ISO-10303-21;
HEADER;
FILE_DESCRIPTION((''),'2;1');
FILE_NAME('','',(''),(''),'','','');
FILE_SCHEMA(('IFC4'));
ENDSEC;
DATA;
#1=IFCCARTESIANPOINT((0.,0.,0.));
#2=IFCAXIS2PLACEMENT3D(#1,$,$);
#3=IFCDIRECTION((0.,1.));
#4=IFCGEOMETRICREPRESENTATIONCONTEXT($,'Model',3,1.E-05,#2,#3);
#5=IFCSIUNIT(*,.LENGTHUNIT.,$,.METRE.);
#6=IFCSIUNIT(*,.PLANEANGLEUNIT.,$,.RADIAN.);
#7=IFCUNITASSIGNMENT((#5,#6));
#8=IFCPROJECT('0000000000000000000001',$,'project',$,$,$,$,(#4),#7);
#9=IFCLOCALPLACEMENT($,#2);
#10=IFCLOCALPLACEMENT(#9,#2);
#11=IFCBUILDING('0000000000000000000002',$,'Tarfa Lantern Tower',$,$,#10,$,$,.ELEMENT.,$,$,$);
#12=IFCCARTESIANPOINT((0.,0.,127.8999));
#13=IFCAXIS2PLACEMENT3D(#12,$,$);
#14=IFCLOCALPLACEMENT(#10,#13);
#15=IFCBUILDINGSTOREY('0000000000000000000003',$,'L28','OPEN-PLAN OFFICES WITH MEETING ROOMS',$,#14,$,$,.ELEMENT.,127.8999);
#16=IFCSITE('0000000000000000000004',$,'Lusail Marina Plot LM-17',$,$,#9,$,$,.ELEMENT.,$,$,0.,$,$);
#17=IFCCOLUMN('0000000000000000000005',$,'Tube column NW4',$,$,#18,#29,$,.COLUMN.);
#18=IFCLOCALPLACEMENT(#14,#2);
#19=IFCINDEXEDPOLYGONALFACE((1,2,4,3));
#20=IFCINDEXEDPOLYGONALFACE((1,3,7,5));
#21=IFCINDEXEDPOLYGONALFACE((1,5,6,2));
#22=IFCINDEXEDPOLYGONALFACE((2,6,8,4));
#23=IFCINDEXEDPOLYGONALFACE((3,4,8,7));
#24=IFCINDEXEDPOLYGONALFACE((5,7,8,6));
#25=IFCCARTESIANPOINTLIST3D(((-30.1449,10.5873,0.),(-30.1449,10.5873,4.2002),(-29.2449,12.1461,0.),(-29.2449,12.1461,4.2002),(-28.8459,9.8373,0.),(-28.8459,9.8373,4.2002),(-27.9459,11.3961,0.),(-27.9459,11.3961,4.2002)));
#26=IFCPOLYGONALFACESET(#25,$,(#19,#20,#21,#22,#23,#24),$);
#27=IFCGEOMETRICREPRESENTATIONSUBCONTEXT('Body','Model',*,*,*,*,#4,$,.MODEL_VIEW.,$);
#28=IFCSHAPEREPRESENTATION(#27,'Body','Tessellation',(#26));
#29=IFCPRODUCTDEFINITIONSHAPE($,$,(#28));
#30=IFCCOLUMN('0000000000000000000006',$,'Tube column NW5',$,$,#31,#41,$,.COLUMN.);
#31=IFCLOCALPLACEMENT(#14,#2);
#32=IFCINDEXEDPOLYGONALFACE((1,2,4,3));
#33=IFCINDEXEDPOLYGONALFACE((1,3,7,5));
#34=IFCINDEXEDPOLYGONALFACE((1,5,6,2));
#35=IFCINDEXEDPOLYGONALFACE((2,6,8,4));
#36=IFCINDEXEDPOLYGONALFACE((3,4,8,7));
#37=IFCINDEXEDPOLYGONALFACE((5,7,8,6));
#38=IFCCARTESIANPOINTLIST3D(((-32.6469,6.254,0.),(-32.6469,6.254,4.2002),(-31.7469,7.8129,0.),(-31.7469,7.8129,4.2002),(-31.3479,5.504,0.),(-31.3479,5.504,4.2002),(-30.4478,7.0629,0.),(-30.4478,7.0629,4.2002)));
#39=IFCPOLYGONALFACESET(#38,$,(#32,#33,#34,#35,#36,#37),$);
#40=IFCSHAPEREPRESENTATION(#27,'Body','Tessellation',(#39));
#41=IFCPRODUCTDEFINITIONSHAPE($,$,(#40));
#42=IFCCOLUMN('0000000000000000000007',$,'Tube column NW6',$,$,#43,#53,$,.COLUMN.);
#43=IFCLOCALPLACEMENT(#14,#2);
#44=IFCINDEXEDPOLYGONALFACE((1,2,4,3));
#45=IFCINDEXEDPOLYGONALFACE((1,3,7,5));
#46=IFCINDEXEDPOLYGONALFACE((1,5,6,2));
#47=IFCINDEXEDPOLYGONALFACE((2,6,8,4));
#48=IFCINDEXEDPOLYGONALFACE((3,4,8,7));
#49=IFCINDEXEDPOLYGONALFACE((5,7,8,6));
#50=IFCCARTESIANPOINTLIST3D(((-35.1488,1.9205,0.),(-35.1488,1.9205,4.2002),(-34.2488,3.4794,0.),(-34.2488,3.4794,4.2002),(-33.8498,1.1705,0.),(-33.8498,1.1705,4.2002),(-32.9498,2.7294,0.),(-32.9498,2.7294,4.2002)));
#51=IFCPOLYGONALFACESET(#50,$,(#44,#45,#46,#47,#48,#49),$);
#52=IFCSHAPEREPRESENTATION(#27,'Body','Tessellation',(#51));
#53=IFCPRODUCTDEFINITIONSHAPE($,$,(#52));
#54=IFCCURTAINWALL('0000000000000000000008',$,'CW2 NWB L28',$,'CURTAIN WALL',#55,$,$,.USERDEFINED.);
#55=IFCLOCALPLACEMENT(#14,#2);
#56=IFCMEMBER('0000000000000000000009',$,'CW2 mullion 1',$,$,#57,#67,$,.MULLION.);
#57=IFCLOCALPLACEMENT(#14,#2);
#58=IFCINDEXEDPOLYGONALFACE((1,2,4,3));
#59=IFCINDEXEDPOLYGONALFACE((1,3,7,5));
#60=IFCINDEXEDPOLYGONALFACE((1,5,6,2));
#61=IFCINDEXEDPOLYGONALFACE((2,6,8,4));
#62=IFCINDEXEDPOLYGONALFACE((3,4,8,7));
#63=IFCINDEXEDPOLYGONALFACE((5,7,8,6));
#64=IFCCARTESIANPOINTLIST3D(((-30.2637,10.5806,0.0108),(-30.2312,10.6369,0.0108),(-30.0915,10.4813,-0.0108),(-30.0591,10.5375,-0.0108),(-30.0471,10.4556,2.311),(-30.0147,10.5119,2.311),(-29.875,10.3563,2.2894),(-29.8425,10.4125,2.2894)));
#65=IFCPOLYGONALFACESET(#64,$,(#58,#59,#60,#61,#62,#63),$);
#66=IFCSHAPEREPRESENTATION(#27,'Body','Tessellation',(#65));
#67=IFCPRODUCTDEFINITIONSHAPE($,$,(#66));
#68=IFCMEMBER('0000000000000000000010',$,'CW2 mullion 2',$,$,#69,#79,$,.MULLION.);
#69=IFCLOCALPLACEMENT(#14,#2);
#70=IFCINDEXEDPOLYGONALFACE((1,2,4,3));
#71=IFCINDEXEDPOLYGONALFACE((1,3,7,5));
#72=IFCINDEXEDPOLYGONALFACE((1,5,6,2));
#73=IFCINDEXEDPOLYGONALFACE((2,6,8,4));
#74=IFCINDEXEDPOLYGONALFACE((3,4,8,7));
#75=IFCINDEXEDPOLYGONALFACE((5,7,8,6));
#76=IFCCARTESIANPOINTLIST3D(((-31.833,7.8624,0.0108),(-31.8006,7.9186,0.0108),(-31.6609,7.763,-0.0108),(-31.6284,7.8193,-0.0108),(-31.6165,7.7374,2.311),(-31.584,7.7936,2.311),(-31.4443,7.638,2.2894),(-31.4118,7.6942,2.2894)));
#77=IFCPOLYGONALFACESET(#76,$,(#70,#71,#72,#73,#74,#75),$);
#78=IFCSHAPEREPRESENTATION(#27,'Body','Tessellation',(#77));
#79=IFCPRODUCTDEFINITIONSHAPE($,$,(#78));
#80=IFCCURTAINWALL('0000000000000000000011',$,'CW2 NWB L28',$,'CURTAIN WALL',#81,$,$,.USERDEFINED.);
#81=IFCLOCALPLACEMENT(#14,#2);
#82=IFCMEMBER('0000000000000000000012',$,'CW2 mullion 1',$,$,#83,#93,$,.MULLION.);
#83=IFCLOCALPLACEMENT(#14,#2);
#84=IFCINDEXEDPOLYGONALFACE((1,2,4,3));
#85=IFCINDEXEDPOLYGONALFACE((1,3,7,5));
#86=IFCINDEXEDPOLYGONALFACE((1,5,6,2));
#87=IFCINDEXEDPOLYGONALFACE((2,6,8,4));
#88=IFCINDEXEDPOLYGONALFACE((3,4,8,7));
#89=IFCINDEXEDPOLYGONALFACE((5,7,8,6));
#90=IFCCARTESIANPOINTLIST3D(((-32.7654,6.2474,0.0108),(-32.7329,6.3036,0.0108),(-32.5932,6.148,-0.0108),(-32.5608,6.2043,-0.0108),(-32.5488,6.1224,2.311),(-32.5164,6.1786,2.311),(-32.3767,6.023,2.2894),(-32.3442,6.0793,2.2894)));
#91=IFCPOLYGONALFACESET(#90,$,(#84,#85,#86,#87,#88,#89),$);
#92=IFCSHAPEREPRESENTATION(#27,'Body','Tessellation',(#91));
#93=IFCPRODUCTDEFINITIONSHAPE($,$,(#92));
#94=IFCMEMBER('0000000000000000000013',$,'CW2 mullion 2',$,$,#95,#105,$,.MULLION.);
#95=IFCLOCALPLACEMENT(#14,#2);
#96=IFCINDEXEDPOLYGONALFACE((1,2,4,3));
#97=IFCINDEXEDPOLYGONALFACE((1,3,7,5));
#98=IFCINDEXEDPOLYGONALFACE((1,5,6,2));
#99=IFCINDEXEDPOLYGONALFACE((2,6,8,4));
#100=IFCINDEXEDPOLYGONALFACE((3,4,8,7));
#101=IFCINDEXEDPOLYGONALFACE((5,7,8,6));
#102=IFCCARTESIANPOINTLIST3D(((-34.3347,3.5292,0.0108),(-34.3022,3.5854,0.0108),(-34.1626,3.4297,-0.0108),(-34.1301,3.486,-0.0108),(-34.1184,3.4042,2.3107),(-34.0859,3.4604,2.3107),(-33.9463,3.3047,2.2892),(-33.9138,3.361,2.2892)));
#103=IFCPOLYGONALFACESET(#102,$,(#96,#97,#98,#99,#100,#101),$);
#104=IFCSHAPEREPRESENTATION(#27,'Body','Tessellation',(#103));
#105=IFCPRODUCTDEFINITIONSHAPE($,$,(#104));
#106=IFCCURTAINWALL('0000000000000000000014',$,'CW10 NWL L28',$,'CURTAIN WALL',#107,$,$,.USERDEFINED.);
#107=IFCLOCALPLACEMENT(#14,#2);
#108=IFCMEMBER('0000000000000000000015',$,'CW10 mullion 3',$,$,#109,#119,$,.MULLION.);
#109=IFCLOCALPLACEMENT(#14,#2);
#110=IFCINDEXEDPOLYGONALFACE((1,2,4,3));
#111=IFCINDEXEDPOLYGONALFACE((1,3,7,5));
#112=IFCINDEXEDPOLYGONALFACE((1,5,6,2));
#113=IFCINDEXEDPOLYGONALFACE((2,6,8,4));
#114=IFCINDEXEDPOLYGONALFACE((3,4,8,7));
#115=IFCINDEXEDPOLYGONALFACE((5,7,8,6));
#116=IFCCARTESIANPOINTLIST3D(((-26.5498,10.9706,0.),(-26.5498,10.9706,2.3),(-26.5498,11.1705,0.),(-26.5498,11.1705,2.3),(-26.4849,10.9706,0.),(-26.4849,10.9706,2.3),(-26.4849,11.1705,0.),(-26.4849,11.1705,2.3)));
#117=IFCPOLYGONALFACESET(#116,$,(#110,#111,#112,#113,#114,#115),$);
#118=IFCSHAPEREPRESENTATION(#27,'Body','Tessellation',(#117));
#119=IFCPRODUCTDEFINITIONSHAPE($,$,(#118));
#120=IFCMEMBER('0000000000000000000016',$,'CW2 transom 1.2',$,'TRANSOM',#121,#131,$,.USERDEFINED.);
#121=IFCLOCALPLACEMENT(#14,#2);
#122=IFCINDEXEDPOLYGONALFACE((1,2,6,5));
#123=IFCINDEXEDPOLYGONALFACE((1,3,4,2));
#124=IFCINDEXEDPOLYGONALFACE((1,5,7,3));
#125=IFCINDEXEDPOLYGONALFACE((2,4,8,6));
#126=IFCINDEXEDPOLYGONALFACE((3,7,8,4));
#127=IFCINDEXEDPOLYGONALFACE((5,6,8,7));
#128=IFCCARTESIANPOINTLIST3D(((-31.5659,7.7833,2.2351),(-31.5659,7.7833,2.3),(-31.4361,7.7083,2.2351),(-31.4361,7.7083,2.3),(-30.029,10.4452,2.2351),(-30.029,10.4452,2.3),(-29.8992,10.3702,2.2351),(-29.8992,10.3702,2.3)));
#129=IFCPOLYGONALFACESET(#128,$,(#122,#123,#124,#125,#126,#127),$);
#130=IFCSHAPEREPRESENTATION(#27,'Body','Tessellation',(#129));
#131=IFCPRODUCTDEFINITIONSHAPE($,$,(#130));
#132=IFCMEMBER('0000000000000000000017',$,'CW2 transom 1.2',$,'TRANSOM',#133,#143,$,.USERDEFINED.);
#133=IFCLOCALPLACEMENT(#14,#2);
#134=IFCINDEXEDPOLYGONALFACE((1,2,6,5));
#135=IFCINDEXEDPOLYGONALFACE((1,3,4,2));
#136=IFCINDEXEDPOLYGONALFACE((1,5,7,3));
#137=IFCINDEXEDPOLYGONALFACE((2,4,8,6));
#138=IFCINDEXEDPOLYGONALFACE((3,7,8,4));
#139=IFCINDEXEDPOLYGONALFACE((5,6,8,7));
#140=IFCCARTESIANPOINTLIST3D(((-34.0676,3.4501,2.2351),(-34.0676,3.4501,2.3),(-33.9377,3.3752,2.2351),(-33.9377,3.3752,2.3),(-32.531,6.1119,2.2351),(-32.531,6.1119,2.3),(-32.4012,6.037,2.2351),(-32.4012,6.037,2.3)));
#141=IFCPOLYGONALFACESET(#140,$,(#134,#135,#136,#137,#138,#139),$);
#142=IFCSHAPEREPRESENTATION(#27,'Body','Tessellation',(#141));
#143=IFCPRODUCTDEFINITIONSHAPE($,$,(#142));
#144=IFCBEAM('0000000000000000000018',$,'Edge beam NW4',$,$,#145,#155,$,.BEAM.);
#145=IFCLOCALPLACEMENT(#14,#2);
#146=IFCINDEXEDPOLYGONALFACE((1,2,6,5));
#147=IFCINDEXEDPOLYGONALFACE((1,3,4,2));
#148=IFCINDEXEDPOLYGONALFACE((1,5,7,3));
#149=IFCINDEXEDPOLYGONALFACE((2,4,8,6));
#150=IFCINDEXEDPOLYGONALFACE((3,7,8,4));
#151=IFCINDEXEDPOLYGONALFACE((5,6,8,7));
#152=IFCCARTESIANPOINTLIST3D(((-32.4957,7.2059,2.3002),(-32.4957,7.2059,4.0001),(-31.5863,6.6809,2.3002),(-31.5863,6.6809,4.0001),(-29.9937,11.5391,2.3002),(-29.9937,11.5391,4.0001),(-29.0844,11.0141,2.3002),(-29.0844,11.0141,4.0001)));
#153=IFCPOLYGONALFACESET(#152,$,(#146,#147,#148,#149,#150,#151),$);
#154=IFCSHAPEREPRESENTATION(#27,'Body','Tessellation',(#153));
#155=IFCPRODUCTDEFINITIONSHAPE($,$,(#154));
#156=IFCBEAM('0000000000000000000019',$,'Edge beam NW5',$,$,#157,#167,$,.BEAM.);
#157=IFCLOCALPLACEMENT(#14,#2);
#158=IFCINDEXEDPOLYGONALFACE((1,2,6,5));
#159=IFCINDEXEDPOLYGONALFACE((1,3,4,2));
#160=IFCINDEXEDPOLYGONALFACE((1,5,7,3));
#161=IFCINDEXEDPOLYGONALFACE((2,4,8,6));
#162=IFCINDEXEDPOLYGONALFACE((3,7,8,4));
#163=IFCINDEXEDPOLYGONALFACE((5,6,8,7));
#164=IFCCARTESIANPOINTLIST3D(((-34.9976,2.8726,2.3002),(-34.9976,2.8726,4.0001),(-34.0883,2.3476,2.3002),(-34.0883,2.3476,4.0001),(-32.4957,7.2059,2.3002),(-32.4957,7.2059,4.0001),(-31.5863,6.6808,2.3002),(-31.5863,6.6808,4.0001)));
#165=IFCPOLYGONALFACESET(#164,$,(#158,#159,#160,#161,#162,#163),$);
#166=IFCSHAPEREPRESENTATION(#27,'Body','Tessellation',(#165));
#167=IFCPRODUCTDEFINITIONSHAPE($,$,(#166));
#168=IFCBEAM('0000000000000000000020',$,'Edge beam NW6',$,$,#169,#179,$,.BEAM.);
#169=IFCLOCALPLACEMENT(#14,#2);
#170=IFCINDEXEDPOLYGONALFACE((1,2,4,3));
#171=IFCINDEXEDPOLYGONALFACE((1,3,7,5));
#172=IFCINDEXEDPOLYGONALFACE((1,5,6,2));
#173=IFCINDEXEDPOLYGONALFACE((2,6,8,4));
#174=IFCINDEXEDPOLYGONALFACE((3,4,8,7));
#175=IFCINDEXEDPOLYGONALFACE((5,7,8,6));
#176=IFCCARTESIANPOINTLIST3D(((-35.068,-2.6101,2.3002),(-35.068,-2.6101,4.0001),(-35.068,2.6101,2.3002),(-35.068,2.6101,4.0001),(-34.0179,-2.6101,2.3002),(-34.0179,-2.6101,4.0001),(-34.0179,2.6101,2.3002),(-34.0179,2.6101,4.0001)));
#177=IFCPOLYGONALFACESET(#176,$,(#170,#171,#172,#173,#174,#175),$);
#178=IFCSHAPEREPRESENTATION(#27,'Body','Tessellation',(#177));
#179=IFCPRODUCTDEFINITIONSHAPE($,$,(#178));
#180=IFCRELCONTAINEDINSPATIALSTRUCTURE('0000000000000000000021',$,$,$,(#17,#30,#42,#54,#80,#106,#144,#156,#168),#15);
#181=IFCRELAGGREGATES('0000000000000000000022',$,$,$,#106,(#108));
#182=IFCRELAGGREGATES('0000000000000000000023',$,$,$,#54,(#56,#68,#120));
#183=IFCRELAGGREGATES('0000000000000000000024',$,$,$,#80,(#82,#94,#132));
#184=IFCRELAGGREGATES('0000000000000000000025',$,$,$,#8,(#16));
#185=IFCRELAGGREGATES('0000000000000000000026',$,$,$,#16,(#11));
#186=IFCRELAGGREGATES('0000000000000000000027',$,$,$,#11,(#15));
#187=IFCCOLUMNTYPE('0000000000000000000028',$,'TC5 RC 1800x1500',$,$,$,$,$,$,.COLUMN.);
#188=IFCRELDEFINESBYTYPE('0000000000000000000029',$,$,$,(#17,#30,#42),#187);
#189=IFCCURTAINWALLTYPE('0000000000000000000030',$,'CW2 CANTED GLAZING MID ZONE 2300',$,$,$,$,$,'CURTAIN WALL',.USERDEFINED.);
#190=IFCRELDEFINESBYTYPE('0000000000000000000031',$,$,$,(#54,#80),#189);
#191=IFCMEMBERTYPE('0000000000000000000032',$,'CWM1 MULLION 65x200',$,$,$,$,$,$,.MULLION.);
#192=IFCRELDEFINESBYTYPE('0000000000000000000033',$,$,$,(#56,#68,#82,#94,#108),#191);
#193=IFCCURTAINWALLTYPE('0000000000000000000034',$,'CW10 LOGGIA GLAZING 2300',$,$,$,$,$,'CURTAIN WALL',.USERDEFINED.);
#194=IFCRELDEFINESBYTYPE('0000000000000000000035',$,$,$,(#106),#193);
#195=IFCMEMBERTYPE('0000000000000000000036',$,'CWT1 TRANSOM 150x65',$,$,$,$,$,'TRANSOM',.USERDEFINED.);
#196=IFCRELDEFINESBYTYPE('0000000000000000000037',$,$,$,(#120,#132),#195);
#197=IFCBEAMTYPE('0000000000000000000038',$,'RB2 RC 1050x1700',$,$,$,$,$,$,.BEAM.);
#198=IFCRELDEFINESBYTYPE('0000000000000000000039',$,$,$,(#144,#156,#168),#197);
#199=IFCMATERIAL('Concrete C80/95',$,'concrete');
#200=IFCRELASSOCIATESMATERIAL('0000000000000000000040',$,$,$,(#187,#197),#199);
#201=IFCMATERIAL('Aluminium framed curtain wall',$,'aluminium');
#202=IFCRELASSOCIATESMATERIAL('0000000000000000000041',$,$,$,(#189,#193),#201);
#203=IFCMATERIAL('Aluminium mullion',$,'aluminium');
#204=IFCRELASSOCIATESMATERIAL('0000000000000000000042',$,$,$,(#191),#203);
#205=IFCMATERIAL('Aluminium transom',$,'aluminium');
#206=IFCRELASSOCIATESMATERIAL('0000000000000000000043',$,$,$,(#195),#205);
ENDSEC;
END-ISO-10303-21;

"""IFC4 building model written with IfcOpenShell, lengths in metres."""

from ifc_helpers import new_model, si_unit, direction, frame, origin, origin_2d, place, context, subcontext, project, spatial, rectangle, extrude, material, material_profile, profile_set, type_object, element, aggregate, save


model = new_model("IFC4")

# Units and contexts
model_context = context("Model", 3, precision=1e-05, world=origin(), true_north=direction((0.0, 1.0)))
body_context = subcontext(model_context, "Body", "Model", "MODEL_VIEW")
ifc_project = project(units=[si_unit("LENGTHUNIT", "METRE"), si_unit("PLANEANGLEUNIT", "RADIAN")], contexts=[model_context])

# Site, building, storey
site_placement = place(None, origin())
site = spatial("IfcSite", under=ifc_project, at=site_placement, Name="Lusail Marina Plot LM-17", CompositionType="ELEMENT", RefElevation=0.0)
building_placement = place(site_placement, origin())
building = spatial("IfcBuilding", under=site, at=building_placement, Name="Tarfa Lantern Tower", CompositionType="ELEMENT")
storey_placement = place(building_placement, frame((0.0, 0.0, 127.8999)))
storey = spatial("IfcBuildingStorey", under=building, at=storey_placement, Name="L28", Description="OPEN-PLAN OFFICES WITH MEETING ROOMS", CompositionType="ELEMENT", Elevation=127.8999)

# Columns
ifc_material_1 = material(Name="Concrete C80/95", Category="concrete")
ifc_material_profile_1 = material_profile(ifc_material_1, rectangle(XDim=1.8, YDim=1.5, at=origin_2d()), Name="RC 1800x1500")
ifc_profile_set_1 = profile_set([ifc_material_profile_1], Name="Concrete C80/95")
column_type = type_object("IfcColumnType", Name="TC5 RC 1800x1500", PredefinedType="COLUMN", material=ifc_profile_set_1)
for number, where, z_axis, x_axis, name in (
    (1, (-29.0454, 10.9917, 0.0), (0.0, 0.0, 1.0), (-0.5, -0.866025, 0.0), "Tube column NW4"),
    (2, (-31.5474, 6.6584, 0.0), (0.0, 0.0, 1.0), (-0.5, -0.866025, 0.0), "Tube column NW5"),
    (3, (-34.0493, 2.325, 0.0), (0.0, 0.0, 1.0), (-0.5, -0.866025, 0.0), "Tube column NW6"),
):
    element("IfcColumn", number, at=place(storey_placement, frame(where, z_axis=z_axis, x_axis=x_axis)), inside=storey, type_object=column_type, Name=name, PredefinedType="COLUMN", context=body_context, shape_type="SweptSolid", body=[
        extrude(rectangle(XDim=1.8, YDim=1.5, at=origin_2d()), origin(), (0.0, 0.0, 1.0), 4.2002),
    ])

# Curtain walls, members
ifc_material_2 = material(Name="Aluminium framed curtain wall", Category="aluminium")
curtain_wall_type_1 = type_object("IfcCurtainWallType", Name="CW2 CANTED GLAZING MID ZONE 2300", ElementType="CURTAIN WALL", PredefinedType="USERDEFINED", material=ifc_material_2)
curtain_wall_1_placement = place(storey_placement, origin())
curtain_wall_1 = element("IfcCurtainWall", 4, at=curtain_wall_1_placement, inside=storey, type_object=curtain_wall_type_1, Name="CW2 NWB L28", ObjectType="CURTAIN WALL", PredefinedType="USERDEFINED")
ifc_material_3 = material(Name="Aluminium mullion", Category="aluminium")
ifc_material_profile_2 = material_profile(ifc_material_3, rectangle(XDim=0.0649, YDim=0.2, at=origin_2d()), Name="AL MULLION 65x200")
ifc_profile_set_2 = profile_set([ifc_material_profile_2], Name="Aluminium mullion")
member_type_1 = type_object("IfcMemberType", Name="CWM1 MULLION 65x200", PredefinedType="MULLION", material=ifc_profile_set_2)
member_1_placement = place(storey_placement, frame((-30.1614, 10.5591, 0.0), z_axis=(0.0936, -0.054028, 0.994143), x_axis=(0.49992, 0.866072, 0.0)))
member_1 = element("IfcMember", 5, at=member_1_placement, type_object=member_type_1, Name="CW2 mullion 1", PredefinedType="MULLION", context=body_context, shape_type="SweptSolid", body=[
    extrude(rectangle(XDim=0.0649, YDim=0.2, at=origin_2d()), origin(), (0.0, 0.0, 1.0), 2.3137),
])
member_2_placement = place(storey_placement, frame((-31.7307, 7.8408, 0.0), z_axis=(0.0936, -0.054028, 0.994143), x_axis=(0.49992, 0.866072, 0.0)))
member_2 = element("IfcMember", 6, at=member_2_placement, type_object=member_type_1, Name="CW2 mullion 2", PredefinedType="MULLION", context=body_context, shape_type="SweptSolid", body=[
    extrude(rectangle(XDim=0.0649, YDim=0.2, at=origin_2d()), origin(), (0.0, 0.0, 1.0), 2.3137),
])
curtain_wall_2_placement = place(storey_placement, origin())
curtain_wall_2 = element("IfcCurtainWall", 7, at=curtain_wall_2_placement, inside=storey, type_object=curtain_wall_type_1, Name="CW2 NWB L28", ObjectType="CURTAIN WALL", PredefinedType="USERDEFINED")
member_3_placement = place(storey_placement, frame((-32.6631, 6.2258, 0.0), z_axis=(0.0936, -0.054028, 0.994143), x_axis=(0.49992, 0.866072, 0.0)))
member_3 = element("IfcMember", 8, at=member_3_placement, type_object=member_type_1, Name="CW2 mullion 1", PredefinedType="MULLION", context=body_context, shape_type="SweptSolid", body=[
    extrude(rectangle(XDim=0.0649, YDim=0.2, at=origin_2d()), origin(), (0.0, 0.0, 1.0), 2.3137),
])
member_4_placement = place(storey_placement, frame((-34.2324, 3.5076, 0.0), z_axis=(0.093495, -0.054029, 0.994153), x_axis=(0.500343, 0.865827, 0.0)))
member_4 = element("IfcMember", 9, at=member_4_placement, type_object=member_type_1, Name="CW2 mullion 2", PredefinedType="MULLION", context=body_context, shape_type="SweptSolid", body=[
    extrude(rectangle(XDim=0.0649, YDim=0.2, at=origin_2d()), origin(), (0.0, 0.0, 1.0), 2.3135),
])

# Curtain wall, member
curtain_wall_type_2 = type_object("IfcCurtainWallType", Name="CW10 LOGGIA GLAZING 2300", ElementType="CURTAIN WALL", PredefinedType="USERDEFINED", material=ifc_material_2)
curtain_wall_3_placement = place(storey_placement, origin())
curtain_wall_3 = element("IfcCurtainWall", 10, at=curtain_wall_3_placement, inside=storey, type_object=curtain_wall_type_2, Name="CW10 NWL L28", ObjectType="CURTAIN WALL", PredefinedType="USERDEFINED")
member_5_placement = place(storey_placement, frame((-26.5173, 11.0706, 0.0), z_axis=(0.0, 0.0, 1.0), x_axis=(1.0, 0.0, 0.0)))
member_5 = element("IfcMember", 11, at=member_5_placement, type_object=member_type_1, Name="CW10 mullion 3", PredefinedType="MULLION", context=body_context, shape_type="SweptSolid", body=[
    extrude(rectangle(XDim=0.0649, YDim=0.2, at=origin_2d()), origin(), (0.0, 0.0, 1.0), 2.3),
])
aggregate(curtain_wall_3, [member_5])

# Members
ifc_material_4 = material(Name="Aluminium transom", Category="aluminium")
ifc_material_profile_3 = material_profile(ifc_material_4, rectangle(XDim=0.1499, YDim=0.0649, at=origin_2d()), Name="AL TRANSOM 150x65")
ifc_profile_set_3 = profile_set([ifc_material_profile_3], Name="Aluminium transom")
member_type_2 = type_object("IfcMemberType", Name="CWT1 TRANSOM 150x65", ElementType="TRANSOM", PredefinedType="USERDEFINED", material=ifc_profile_set_3)
member_6_placement = place(storey_placement, frame((-29.9641, 10.4077, 2.2676), z_axis=(-0.500009, -0.86602, 0.0), x_axis=(0.86602, -0.500009, 0.0)))
member_6 = element("IfcMember", 12, at=member_6_placement, type_object=member_type_2, Name="CW2 transom 1.2", ObjectType="TRANSOM", PredefinedType="USERDEFINED", context=body_context, shape_type="SweptSolid", body=[
    extrude(rectangle(XDim=0.1499, YDim=0.0649, at=origin_2d()), origin(), (0.0, 0.0, 1.0), 3.0737),
])
member_7_placement = place(storey_placement, frame((-32.4661, 6.0745, 2.2676), z_axis=(-0.499949, -0.866055, 0.0), x_axis=(0.866055, -0.499949, 0.0)))
member_7 = element("IfcMember", 13, at=member_7_placement, type_object=member_type_2, Name="CW2 transom 1.2", ObjectType="TRANSOM", PredefinedType="USERDEFINED", context=body_context, shape_type="SweptSolid", body=[
    extrude(rectangle(XDim=0.1499, YDim=0.0649, at=origin_2d()), origin(), (0.0, 0.0, 1.0), 3.0735),
])

# Beams
ifc_material_profile_4 = material_profile(ifc_material_1, rectangle(XDim=1.05, YDim=1.7, at=origin_2d()), Name="RC 1050x1700")
ifc_profile_set_4 = profile_set([ifc_material_profile_4], Name="Concrete C80/95")
beam_type_1 = type_object("IfcBeamType", Name="RB2 RC 1050x1700", PredefinedType="BEAM", material=ifc_profile_set_4)
for number, where, z_axis, x_axis, name in (
    (14, (-29.5391, 11.2766, 3.1501), (-0.500022, -0.866013, 0.0), (0.866013, -0.500022, 0.0), "Edge beam NW4"),
    (15, (-32.041, 6.9434, 3.1501), (-0.500022, -0.866013, 0.0), (0.866013, -0.500022, 0.0), "Edge beam NW5"),
):
    element("IfcBeam", number, at=place(storey_placement, frame(where, z_axis=z_axis, x_axis=x_axis)), inside=storey, type_object=beam_type_1, Name=name, PredefinedType="BEAM", context=body_context, shape_type="SweptSolid", body=[
        extrude(rectangle(XDim=1.05, YDim=1.7, at=origin_2d()), origin(), (0.0, 0.0, 1.0), 5.0037),
    ])
beam_1_placement = place(storey_placement, frame((-34.543, 2.6101, 3.1501), z_axis=(0.0, -1.0, 0.0), x_axis=(1.0, 0.0, 0.0)))
element("IfcBeam", 16, at=beam_1_placement, inside=storey, type_object=beam_type_1, Name="Edge beam NW6", PredefinedType="BEAM", context=body_context, shape_type="SweptSolid", body=[
    extrude(rectangle(XDim=1.05, YDim=1.7, at=origin_2d()), origin(), (0.0, 0.0, 1.0), 5.2202),
])

aggregate(curtain_wall_1, [member_1, member_2, member_6])
aggregate(curtain_wall_2, [member_3, member_4, member_7])

save(model, "model.ifc")
